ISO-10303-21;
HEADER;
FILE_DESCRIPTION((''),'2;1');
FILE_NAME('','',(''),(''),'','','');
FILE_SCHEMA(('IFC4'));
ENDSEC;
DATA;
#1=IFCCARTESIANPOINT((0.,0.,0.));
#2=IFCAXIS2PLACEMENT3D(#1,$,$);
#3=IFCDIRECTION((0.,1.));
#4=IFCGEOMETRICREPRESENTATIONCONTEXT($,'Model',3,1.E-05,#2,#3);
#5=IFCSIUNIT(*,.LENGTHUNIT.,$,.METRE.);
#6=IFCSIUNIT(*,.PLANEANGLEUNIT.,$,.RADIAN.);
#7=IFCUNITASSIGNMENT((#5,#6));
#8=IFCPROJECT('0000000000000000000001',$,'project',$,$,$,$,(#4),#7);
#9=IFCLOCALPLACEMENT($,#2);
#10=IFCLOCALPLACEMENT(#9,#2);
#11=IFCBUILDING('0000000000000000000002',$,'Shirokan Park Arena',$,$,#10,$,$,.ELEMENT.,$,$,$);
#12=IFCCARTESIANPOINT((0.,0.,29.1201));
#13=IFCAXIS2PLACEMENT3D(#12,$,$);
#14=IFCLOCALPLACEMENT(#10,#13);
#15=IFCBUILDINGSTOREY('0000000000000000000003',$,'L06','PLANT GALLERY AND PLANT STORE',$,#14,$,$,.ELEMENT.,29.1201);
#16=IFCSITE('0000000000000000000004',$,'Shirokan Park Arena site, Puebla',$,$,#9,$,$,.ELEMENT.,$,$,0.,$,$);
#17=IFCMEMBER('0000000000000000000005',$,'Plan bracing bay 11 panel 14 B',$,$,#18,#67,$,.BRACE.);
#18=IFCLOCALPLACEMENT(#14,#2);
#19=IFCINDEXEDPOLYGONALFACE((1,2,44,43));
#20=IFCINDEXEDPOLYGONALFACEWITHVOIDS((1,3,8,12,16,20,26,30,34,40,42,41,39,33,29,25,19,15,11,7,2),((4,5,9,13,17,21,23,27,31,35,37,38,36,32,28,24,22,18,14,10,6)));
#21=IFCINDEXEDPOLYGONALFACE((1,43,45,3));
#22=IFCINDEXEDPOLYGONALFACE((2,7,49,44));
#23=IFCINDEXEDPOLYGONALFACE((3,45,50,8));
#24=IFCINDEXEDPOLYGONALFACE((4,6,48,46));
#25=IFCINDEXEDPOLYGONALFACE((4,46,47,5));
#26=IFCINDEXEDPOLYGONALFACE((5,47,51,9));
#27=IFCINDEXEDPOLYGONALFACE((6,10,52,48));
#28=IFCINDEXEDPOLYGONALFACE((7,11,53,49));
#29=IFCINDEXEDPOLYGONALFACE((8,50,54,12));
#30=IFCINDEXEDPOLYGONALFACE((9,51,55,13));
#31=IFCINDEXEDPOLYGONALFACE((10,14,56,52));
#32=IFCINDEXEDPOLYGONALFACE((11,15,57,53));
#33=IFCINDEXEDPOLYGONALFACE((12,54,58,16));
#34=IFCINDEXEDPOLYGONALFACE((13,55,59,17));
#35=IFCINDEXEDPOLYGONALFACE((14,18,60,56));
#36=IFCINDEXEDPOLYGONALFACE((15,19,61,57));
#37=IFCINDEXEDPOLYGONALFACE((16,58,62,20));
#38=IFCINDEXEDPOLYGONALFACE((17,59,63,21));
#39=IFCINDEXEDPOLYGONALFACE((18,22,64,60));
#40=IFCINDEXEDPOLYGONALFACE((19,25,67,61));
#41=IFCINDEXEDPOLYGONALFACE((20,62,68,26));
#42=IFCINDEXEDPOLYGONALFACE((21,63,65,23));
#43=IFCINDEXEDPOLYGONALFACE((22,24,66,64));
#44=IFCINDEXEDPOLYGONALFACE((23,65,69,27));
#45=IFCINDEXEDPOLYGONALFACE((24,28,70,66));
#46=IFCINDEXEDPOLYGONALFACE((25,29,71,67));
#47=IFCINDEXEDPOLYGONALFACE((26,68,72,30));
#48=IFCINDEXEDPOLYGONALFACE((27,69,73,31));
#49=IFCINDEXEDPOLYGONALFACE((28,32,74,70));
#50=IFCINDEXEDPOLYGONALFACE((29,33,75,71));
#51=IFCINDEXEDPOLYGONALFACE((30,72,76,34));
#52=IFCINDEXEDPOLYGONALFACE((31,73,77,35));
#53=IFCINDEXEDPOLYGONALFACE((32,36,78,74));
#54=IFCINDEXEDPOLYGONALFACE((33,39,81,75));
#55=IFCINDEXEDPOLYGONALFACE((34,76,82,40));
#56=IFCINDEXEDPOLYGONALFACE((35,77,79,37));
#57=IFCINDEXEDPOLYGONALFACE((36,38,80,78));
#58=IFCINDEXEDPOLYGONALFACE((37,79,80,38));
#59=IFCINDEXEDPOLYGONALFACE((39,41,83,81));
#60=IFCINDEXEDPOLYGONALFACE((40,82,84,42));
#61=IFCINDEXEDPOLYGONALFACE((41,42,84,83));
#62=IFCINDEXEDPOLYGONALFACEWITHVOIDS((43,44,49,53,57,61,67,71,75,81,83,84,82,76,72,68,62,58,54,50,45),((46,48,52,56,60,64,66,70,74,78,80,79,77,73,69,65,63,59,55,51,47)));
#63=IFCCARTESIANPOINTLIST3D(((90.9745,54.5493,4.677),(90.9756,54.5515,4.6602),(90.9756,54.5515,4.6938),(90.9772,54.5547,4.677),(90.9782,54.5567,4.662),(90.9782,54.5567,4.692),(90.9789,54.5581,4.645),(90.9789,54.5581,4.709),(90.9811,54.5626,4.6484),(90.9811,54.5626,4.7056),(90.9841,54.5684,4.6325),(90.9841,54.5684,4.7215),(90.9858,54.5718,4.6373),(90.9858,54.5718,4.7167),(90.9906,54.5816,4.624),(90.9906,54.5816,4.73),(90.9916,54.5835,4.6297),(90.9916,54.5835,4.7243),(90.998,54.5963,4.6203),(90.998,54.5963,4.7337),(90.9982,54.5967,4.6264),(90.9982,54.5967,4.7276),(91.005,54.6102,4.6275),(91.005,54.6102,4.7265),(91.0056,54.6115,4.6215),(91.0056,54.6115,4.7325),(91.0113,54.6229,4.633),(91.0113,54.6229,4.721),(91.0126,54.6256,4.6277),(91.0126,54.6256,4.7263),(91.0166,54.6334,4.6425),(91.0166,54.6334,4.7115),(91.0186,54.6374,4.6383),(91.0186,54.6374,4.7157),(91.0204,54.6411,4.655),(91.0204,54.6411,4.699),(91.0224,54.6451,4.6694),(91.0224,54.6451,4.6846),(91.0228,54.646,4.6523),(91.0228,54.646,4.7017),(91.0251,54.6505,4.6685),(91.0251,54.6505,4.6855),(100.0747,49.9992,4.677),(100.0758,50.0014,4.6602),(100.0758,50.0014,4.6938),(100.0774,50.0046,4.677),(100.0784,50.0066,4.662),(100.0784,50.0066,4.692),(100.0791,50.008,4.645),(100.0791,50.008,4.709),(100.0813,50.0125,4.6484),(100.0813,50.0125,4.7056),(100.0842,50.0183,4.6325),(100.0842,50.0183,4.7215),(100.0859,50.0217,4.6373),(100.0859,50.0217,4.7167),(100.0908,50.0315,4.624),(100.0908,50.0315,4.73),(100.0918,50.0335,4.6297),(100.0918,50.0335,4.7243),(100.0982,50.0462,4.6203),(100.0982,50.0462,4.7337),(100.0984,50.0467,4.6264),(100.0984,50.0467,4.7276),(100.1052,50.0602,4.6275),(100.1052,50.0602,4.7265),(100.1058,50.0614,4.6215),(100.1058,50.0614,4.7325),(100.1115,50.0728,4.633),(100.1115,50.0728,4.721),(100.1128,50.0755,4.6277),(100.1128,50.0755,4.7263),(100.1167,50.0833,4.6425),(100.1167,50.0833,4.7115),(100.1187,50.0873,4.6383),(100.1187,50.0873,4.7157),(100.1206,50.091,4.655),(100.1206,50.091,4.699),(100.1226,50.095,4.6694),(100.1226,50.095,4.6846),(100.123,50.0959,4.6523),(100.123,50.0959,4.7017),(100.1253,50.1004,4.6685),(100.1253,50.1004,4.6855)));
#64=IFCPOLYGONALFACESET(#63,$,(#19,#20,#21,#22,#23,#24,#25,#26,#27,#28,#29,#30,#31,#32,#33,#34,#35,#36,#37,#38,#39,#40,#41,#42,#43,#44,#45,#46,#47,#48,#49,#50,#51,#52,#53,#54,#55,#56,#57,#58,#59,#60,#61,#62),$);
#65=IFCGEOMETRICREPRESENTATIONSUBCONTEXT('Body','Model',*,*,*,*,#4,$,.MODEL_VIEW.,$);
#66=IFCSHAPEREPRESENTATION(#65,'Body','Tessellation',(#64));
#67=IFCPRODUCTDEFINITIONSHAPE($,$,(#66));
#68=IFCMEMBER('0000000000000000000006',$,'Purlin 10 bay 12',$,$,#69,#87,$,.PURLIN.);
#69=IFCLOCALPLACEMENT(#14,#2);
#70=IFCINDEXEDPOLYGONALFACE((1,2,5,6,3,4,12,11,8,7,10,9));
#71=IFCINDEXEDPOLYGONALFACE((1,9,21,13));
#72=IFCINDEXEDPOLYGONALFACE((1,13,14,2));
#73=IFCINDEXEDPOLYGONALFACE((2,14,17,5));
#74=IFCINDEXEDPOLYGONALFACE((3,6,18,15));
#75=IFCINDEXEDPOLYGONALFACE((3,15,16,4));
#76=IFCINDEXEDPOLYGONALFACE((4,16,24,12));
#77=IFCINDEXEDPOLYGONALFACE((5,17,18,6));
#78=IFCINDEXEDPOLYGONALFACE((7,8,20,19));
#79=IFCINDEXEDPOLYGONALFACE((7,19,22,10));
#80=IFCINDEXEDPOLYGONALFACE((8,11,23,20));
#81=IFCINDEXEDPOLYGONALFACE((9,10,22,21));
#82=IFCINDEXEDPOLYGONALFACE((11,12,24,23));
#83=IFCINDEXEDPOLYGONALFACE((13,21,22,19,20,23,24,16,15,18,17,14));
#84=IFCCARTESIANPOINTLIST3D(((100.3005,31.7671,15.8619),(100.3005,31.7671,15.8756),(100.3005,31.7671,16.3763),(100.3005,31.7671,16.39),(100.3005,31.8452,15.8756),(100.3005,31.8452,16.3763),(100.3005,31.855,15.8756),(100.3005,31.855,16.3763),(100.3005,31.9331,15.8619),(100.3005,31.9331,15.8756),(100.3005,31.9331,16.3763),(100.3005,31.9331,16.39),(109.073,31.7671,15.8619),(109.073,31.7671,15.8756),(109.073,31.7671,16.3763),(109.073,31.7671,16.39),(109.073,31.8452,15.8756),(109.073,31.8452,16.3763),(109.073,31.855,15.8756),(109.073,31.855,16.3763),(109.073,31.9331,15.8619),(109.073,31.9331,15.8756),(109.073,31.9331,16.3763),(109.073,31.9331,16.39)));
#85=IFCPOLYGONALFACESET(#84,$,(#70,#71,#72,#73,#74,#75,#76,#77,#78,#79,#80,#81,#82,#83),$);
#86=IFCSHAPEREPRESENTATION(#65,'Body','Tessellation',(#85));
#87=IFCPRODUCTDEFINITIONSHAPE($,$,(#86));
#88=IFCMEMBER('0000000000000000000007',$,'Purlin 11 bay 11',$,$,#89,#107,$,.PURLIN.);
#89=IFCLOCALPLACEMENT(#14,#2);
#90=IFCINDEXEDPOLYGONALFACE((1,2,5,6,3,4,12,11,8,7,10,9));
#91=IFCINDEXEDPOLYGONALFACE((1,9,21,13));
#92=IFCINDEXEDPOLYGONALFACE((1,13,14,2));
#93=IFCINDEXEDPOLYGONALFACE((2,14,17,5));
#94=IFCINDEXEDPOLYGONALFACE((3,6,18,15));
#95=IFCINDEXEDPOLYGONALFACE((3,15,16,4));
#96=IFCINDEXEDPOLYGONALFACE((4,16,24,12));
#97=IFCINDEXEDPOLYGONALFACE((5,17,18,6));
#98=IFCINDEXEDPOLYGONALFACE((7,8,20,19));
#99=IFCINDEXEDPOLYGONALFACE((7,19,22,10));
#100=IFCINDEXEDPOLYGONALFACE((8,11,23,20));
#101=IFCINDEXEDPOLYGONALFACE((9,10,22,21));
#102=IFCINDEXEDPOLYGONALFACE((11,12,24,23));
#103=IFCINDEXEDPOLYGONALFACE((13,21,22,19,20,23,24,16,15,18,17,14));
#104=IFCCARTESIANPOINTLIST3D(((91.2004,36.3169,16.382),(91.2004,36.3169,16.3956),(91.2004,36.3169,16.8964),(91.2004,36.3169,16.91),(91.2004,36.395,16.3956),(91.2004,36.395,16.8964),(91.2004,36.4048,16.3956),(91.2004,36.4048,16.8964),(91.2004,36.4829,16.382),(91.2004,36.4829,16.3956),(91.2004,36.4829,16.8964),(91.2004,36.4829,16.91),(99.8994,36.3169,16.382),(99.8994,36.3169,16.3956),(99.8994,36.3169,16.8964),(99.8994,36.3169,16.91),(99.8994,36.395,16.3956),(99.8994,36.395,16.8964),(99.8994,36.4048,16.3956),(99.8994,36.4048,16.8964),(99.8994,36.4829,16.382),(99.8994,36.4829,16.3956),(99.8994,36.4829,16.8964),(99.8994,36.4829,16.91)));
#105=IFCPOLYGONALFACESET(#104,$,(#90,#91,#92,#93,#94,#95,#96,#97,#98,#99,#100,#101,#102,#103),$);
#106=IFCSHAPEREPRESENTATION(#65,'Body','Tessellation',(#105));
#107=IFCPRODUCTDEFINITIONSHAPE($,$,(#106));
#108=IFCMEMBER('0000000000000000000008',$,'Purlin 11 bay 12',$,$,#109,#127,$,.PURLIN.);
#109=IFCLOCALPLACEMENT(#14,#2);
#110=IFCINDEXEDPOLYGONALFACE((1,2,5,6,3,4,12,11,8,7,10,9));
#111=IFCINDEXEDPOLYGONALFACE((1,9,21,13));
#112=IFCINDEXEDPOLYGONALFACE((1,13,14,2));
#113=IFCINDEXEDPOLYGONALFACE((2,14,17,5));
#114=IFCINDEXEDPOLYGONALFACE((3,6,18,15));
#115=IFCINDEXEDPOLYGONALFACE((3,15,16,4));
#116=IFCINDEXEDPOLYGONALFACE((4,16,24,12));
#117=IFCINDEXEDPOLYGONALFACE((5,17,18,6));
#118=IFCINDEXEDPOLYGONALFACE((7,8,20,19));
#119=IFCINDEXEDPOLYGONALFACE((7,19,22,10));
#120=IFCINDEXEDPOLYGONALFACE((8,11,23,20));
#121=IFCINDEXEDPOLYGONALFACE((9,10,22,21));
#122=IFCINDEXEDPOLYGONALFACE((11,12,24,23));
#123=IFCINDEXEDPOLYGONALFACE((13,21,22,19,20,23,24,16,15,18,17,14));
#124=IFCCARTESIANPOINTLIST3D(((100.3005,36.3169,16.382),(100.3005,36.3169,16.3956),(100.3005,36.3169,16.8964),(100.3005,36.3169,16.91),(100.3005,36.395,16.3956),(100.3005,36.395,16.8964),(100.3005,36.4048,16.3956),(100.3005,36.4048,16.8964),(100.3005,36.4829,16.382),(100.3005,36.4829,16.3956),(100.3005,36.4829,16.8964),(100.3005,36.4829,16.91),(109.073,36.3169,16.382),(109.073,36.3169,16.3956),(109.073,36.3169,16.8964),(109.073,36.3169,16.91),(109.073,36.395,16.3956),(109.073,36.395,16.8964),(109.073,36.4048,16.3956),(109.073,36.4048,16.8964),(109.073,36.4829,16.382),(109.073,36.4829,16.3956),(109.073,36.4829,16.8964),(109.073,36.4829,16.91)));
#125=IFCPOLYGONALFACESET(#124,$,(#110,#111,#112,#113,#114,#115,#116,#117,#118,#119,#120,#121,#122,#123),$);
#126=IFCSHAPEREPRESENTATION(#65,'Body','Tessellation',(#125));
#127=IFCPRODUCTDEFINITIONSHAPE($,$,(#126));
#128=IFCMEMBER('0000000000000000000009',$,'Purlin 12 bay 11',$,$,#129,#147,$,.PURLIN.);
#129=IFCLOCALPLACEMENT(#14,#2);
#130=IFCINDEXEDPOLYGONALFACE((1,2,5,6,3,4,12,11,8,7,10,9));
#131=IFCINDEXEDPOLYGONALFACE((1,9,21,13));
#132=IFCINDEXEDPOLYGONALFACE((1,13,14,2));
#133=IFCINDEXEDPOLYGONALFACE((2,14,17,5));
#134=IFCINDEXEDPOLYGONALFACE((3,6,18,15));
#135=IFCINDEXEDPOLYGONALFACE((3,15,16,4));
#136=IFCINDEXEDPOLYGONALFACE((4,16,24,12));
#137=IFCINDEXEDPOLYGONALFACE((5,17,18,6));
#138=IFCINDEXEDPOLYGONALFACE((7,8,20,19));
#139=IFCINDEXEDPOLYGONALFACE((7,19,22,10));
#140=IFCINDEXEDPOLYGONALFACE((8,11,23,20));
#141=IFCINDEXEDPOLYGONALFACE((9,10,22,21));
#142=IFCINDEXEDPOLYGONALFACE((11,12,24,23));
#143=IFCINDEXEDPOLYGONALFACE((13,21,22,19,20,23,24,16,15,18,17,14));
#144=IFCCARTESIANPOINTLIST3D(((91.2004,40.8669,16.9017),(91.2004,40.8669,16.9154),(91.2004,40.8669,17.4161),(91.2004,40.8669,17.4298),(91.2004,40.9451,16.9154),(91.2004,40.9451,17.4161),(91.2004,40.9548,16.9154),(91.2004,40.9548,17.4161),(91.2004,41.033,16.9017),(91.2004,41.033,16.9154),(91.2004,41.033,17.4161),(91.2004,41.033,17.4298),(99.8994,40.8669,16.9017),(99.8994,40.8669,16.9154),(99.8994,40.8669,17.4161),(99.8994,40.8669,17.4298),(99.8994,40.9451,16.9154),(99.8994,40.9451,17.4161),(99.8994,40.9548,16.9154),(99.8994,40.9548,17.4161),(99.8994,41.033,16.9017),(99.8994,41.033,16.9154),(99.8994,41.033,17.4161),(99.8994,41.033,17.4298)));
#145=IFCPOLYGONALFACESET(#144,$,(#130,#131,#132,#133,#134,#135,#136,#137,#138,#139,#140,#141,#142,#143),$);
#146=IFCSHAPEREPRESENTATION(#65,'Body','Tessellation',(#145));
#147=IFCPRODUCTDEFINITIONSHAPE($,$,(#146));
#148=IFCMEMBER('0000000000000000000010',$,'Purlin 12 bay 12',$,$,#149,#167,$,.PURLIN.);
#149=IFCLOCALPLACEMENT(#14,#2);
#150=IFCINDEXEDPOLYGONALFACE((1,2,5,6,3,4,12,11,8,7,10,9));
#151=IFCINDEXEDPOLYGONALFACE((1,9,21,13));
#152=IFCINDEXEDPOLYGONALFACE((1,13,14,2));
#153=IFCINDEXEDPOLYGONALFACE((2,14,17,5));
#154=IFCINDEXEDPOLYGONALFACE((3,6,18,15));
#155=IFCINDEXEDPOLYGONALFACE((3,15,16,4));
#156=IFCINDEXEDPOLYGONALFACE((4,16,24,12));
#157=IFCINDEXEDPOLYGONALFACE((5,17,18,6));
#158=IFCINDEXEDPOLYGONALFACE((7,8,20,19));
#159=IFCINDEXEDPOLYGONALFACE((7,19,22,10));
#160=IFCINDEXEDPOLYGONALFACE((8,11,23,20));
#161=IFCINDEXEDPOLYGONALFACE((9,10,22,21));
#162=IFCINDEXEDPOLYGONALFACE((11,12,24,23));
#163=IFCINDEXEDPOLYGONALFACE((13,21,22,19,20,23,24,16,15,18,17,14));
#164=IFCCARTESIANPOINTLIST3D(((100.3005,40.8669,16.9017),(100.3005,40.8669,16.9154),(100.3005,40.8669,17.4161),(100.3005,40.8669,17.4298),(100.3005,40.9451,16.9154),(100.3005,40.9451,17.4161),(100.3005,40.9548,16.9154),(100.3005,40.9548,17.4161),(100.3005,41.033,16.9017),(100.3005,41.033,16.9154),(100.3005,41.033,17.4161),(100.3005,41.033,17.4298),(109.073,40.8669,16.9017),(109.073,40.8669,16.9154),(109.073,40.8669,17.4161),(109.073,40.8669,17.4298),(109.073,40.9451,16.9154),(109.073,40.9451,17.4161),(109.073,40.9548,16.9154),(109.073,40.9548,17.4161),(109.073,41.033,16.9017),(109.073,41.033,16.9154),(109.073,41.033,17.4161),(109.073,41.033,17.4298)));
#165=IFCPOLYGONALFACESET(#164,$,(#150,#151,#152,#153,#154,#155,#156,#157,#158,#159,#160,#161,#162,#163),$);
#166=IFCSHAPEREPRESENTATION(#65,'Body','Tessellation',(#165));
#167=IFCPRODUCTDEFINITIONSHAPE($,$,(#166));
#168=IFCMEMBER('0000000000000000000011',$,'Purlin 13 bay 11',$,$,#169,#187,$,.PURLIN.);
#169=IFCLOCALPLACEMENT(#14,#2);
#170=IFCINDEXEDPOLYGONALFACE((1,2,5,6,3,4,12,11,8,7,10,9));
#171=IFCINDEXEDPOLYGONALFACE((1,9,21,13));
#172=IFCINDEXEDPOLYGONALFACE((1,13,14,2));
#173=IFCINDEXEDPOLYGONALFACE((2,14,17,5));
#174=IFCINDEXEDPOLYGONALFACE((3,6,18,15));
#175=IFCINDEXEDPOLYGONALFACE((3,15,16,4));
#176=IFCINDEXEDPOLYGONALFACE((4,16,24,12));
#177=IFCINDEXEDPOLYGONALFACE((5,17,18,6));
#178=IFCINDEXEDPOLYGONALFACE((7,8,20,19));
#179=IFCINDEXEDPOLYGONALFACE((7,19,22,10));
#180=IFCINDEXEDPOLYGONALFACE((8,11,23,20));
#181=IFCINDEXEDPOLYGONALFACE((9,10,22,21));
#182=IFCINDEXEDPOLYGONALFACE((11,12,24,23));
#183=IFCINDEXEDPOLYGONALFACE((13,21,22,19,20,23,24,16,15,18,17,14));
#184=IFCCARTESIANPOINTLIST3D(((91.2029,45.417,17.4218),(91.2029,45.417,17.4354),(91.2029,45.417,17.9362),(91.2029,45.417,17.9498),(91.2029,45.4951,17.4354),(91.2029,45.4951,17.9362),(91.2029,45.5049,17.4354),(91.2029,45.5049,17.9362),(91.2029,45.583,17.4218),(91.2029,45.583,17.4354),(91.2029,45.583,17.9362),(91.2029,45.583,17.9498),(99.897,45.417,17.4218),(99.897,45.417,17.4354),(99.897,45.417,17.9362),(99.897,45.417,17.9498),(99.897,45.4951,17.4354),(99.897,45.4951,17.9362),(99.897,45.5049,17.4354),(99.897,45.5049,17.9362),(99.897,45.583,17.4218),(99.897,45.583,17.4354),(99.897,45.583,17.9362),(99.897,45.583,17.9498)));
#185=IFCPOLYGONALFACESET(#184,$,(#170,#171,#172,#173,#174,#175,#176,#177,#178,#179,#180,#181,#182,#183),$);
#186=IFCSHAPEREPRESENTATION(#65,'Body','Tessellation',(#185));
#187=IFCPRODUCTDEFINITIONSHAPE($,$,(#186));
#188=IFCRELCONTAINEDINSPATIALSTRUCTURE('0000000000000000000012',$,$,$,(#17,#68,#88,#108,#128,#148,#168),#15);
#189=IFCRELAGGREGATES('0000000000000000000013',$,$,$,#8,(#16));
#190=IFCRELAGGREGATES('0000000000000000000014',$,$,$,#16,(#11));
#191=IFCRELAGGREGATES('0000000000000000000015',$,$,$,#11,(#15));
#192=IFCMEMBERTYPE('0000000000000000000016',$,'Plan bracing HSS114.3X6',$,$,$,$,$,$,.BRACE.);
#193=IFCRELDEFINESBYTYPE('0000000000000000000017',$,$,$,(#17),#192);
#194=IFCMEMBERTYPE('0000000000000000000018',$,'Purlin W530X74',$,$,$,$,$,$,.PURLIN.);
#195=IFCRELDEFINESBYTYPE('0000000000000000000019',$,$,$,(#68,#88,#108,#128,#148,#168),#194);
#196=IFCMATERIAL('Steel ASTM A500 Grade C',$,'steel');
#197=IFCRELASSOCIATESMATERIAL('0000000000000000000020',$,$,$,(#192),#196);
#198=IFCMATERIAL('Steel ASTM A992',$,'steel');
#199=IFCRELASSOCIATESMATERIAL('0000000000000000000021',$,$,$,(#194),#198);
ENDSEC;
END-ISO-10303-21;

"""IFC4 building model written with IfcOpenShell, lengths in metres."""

from ifc_helpers import new_model, si_unit, direction, frame, origin, origin_2d, place, context, subcontext, project, spatial, hollow_circle, i_section, extrude, material, material_profile, profile_set, type_object, element, save


model = new_model("IFC4")

# Units and contexts
model_context = context("Model", 3, precision=1e-05, world=origin(), true_north=direction((0.0, 1.0)))
body_context = subcontext(model_context, "Body", "Model", "MODEL_VIEW")
ifc_project = project(units=[si_unit("LENGTHUNIT", "METRE"), si_unit("PLANEANGLEUNIT", "RADIAN")], contexts=[model_context])

# Site, building, storey
site_placement = place(None, origin())
site = spatial("IfcSite", under=ifc_project, at=site_placement, Name="Shirokan Park Arena site, Puebla", CompositionType="ELEMENT", RefElevation=0.0)
building_placement = place(site_placement, origin())
building = spatial("IfcBuilding", under=site, at=building_placement, Name="Shirokan Park Arena", CompositionType="ELEMENT")
storey_placement = place(building_placement, frame((0.0, 0.0, 29.1201)))
storey = spatial("IfcBuildingStorey", under=building, at=storey_placement, Name="L06", Description="PLANT GALLERY AND PLANT STORE", CompositionType="ELEMENT", Elevation=29.1201)

# Members
ifc_material_1 = material(Name="Steel ASTM A992", Category="steel")
ifc_material_2 = material(Name="Steel ASTM A500 Grade C", Category="steel")
ifc_material_profile_1 = material_profile(ifc_material_2, hollow_circle(Radius=0.0569, WallThickness=0.0061, at=origin_2d()), Name="HSS114.3X6")
ifc_profile_set_1 = profile_set([ifc_material_profile_1], Name="Steel ASTM A500 Grade C")
member_type_1 = type_object("IfcMemberType", Name="Plan bracing HSS114.3X6", PredefinedType="BRACE", material=ifc_profile_set_1)
for number, where, z_axis, x_axis, name in (
    (1, (100.1001, 50.05, 4.677), (-0.894427, 0.447214, 0.0), (-0.447214, -0.894427, 0.0), "Plan bracing bay 11 panel 14 B"),
):
    element("IfcMember", number, at=place(storey_placement, frame(where, z_axis=z_axis, x_axis=x_axis)), inside=storey, type_object=member_type_1, Name=name, PredefinedType="BRACE", context=body_context, shape_type="SweptSolid", body=[
        extrude(hollow_circle(Radius=0.0569, WallThickness=0.0061, at=origin_2d()), origin(), (0.0, 0.0, 1.0), 10.1743),
    ])
ifc_material_profile_2 = material_profile(ifc_material_1, i_section(OverallWidth=0.166, OverallDepth=0.5281, WebThickness=0.0098, FlangeThickness=0.0137, at=origin_2d()), Name="W530X74")
ifc_profile_set_2 = profile_set([ifc_material_profile_2], Name="Steel ASTM A992")
member_type_2 = type_object("IfcMemberType", Name="Purlin W530X74", PredefinedType="PURLIN", material=ifc_profile_set_2)
member_1_placement = place(storey_placement, frame((100.3005, 31.8501, 16.126), z_axis=(1.0, 0.0, 0.0), x_axis=(0.0, 1.0, 0.0)))
element("IfcMember", 2, at=member_1_placement, inside=storey, type_object=member_type_2, Name="Purlin 10 bay 12", PredefinedType="PURLIN", context=body_context, shape_type="SweptSolid", body=[
    extrude(i_section(OverallWidth=0.166, OverallDepth=0.5281, WebThickness=0.0098, FlangeThickness=0.0137, at=origin_2d()), origin(), (0.0, 0.0, 1.0), 8.7725),
])
member_2_placement = place(storey_placement, frame((91.2004, 36.3999, 16.646), z_axis=(1.0, 0.0, 0.0), x_axis=(0.0, 1.0, 0.0)))
element("IfcMember", 3, at=member_2_placement, inside=storey, type_object=member_type_2, Name="Purlin 11 bay 11", PredefinedType="PURLIN", context=body_context, shape_type="SweptSolid", body=[
    extrude(i_section(OverallWidth=0.166, OverallDepth=0.5281, WebThickness=0.0098, FlangeThickness=0.0137, at=origin_2d()), origin(), (0.0, 0.0, 1.0), 8.699),
])
member_3_placement = place(storey_placement, frame((100.3005, 36.3999, 16.646), z_axis=(1.0, 0.0, 0.0), x_axis=(0.0, 1.0, 0.0)))
element("IfcMember", 4, at=member_3_placement, inside=storey, type_object=member_type_2, Name="Purlin 11 bay 12", PredefinedType="PURLIN", context=body_context, shape_type="SweptSolid", body=[
    extrude(i_section(OverallWidth=0.166, OverallDepth=0.5281, WebThickness=0.0098, FlangeThickness=0.0137, at=origin_2d()), origin(), (0.0, 0.0, 1.0), 8.7725),
])
member_4_placement = place(storey_placement, frame((91.2004, 40.95, 17.1658), z_axis=(1.0, 0.0, 0.0), x_axis=(0.0, 1.0, 0.0)))
element("IfcMember", 5, at=member_4_placement, inside=storey, type_object=member_type_2, Name="Purlin 12 bay 11", PredefinedType="PURLIN", context=body_context, shape_type="SweptSolid", body=[
    extrude(i_section(OverallWidth=0.166, OverallDepth=0.5281, WebThickness=0.0098, FlangeThickness=0.0137, at=origin_2d()), origin(), (0.0, 0.0, 1.0), 8.699),
])
member_5_placement = place(storey_placement, frame((100.3005, 40.95, 17.1658), z_axis=(1.0, 0.0, 0.0), x_axis=(0.0, 1.0, 0.0)))
element("IfcMember", 6, at=member_5_placement, inside=storey, type_object=member_type_2, Name="Purlin 12 bay 12", PredefinedType="PURLIN", context=body_context, shape_type="SweptSolid", body=[
    extrude(i_section(OverallWidth=0.166, OverallDepth=0.5281, WebThickness=0.0098, FlangeThickness=0.0137, at=origin_2d()), origin(), (0.0, 0.0, 1.0), 8.7725),
])
for number, where, z_axis, x_axis, name in (
    (7, (91.2029, 45.5, 17.6858), (1.0, 0.0, 0.0), (0.0, 1.0, 0.0), "Purlin 13 bay 11"),
):
    element("IfcMember", number, at=place(storey_placement, frame(where, z_axis=z_axis, x_axis=x_axis)), inside=storey, type_object=member_type_2, Name=name, PredefinedType="PURLIN", context=body_context, shape_type="SweptSolid", body=[
        extrude(i_section(OverallWidth=0.166, OverallDepth=0.5281, WebThickness=0.0098, FlangeThickness=0.0137, at=origin_2d()), origin(), (0.0, 0.0, 1.0), 8.6941),
    ])

save(model, "model.ifc")
